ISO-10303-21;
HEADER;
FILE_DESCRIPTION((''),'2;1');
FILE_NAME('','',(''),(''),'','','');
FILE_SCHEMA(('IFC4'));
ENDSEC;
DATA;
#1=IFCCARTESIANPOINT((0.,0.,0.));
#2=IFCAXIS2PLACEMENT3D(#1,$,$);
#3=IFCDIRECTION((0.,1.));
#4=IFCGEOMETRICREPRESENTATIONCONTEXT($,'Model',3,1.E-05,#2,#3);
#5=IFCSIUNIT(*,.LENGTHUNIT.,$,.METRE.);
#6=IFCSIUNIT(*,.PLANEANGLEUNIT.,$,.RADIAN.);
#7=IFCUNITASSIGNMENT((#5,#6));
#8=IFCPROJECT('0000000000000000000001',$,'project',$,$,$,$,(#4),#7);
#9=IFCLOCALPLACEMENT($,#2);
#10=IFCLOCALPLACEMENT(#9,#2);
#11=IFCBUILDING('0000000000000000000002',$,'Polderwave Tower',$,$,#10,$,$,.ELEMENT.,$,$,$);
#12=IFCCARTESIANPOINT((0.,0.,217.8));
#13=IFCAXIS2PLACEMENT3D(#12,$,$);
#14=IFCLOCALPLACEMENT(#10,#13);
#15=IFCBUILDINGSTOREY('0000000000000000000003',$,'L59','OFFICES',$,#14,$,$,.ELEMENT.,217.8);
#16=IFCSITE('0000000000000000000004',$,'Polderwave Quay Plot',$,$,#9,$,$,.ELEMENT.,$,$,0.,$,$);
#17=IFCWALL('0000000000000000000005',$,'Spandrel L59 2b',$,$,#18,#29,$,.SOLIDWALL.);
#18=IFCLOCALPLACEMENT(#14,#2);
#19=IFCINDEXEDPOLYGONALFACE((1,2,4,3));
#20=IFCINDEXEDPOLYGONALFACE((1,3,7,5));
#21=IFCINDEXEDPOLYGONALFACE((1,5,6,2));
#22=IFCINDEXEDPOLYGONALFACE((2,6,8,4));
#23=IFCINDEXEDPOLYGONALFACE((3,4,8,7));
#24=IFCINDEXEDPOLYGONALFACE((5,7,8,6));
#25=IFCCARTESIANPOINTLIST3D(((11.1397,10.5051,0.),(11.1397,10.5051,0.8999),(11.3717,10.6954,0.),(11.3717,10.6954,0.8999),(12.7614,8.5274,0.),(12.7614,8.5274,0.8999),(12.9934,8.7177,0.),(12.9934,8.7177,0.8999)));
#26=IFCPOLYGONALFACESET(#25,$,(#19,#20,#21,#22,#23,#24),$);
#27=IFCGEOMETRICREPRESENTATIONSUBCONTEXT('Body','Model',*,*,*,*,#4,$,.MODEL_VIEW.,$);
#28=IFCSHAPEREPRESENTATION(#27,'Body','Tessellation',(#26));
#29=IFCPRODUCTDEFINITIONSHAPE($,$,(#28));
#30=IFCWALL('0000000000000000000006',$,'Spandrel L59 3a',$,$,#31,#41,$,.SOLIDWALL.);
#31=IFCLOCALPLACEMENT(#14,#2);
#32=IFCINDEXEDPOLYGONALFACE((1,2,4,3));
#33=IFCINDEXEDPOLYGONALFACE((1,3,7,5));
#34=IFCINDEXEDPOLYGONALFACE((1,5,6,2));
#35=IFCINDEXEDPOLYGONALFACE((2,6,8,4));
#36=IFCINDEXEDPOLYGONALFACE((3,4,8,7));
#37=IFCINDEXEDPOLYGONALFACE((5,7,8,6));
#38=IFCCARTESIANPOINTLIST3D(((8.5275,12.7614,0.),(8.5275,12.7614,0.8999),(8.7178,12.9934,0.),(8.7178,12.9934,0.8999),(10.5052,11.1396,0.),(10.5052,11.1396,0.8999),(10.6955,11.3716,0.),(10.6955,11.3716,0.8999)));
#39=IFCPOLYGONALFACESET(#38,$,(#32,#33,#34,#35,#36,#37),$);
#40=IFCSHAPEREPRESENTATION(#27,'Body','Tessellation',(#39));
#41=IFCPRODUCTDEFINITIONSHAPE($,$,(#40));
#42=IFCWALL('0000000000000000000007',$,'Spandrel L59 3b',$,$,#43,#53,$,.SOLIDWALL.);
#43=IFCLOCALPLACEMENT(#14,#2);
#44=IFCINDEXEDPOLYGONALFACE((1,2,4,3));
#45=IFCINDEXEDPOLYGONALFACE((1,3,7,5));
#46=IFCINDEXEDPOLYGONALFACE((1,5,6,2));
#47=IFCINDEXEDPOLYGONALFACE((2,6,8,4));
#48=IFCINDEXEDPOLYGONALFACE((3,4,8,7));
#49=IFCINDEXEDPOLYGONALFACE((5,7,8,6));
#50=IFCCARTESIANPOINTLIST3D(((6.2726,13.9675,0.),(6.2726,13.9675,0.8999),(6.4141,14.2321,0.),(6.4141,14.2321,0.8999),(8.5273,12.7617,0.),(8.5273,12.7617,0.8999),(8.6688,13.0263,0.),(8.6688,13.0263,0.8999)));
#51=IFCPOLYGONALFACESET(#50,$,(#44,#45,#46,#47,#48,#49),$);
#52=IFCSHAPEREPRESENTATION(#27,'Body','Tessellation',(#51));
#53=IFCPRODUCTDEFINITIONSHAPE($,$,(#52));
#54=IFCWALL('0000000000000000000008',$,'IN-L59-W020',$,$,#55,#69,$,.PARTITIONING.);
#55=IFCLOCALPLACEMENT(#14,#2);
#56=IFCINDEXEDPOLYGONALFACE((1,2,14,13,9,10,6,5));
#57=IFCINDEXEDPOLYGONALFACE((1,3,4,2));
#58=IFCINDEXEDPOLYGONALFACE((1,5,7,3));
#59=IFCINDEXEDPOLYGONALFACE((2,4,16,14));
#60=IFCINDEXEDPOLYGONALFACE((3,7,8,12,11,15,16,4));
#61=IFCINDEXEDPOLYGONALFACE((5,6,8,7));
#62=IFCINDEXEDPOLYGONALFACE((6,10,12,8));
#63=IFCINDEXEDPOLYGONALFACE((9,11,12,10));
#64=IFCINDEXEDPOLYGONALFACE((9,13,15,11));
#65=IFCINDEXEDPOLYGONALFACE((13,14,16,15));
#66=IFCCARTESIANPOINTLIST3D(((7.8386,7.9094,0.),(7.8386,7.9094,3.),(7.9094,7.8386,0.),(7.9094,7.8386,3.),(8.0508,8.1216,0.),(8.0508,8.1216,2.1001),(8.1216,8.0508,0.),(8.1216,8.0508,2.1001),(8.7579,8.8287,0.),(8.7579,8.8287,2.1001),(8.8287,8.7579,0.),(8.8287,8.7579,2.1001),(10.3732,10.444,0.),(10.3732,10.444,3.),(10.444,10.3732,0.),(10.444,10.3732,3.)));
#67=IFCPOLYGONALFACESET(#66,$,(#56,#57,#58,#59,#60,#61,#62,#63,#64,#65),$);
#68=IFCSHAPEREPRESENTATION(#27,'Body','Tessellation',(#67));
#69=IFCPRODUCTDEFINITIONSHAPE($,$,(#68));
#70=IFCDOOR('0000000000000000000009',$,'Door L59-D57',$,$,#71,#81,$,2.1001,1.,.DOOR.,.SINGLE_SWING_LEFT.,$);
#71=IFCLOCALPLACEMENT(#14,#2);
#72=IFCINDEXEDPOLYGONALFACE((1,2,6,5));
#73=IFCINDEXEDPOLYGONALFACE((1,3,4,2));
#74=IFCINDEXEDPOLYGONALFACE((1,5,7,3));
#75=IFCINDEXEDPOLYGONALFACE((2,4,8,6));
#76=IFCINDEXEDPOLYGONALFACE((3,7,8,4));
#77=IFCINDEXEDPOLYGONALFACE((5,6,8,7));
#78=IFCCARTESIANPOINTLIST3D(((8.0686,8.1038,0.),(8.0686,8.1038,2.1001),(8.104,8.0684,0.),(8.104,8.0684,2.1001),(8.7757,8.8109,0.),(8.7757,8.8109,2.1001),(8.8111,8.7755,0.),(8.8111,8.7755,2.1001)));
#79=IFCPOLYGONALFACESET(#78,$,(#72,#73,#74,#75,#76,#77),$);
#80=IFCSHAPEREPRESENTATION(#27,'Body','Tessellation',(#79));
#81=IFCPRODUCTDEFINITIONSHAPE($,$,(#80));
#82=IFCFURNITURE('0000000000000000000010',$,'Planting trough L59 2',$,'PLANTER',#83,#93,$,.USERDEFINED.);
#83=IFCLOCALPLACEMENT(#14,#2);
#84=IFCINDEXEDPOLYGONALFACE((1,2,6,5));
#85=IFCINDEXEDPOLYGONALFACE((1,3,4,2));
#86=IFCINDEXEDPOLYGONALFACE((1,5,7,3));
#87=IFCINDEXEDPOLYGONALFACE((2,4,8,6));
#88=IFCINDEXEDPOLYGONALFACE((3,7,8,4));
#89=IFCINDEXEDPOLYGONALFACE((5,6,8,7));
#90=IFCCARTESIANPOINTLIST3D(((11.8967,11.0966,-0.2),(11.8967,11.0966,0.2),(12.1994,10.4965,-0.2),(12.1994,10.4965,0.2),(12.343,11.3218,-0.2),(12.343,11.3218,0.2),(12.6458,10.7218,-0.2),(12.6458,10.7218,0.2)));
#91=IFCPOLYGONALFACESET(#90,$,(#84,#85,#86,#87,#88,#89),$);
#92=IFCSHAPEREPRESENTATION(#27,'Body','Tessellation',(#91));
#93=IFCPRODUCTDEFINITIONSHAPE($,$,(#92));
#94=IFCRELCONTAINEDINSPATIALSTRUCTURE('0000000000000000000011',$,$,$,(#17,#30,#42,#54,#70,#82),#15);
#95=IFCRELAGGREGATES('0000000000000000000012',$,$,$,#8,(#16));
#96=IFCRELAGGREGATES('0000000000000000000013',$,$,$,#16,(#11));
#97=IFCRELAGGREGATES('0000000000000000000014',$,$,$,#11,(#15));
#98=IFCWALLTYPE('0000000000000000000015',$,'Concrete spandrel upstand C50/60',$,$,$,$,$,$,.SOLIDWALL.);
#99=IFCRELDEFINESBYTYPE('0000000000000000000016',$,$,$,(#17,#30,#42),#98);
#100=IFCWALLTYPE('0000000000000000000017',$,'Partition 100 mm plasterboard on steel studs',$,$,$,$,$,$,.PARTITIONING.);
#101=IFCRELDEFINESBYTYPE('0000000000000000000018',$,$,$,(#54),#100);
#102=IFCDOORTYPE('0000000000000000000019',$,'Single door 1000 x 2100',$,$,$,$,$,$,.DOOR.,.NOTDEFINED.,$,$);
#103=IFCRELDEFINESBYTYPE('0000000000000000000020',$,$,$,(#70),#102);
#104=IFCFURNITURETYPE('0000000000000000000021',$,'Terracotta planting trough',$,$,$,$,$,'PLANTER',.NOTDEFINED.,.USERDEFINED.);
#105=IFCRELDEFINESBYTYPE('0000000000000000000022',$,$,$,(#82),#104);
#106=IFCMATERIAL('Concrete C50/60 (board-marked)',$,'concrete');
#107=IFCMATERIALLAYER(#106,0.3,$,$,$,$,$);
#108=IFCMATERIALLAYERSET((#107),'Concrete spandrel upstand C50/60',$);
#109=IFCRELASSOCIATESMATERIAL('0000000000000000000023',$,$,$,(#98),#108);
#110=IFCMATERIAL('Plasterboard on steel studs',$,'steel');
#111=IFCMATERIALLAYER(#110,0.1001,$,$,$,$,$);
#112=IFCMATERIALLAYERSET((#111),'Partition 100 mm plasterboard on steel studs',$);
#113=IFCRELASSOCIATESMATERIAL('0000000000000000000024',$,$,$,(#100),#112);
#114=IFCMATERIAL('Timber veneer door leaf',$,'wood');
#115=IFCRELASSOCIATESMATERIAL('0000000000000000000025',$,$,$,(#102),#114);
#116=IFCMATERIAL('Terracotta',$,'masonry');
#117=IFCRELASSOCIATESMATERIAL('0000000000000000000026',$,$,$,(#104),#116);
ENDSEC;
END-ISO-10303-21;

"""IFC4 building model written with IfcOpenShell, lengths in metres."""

from ifc_helpers import new_model, si_unit, direction, frame, frame_2d, origin, origin_2d, place, context, subcontext, project, spatial, rectangle, extrude, material, layer, layer_set, type_object, element, fill, save


model = new_model("IFC4")

# Units and contexts
model_context = context("Model", 3, precision=1e-05, world=origin(), true_north=direction((0.0, 1.0)))
body_context = subcontext(model_context, "Body", "Model", "MODEL_VIEW")
ifc_project = project(units=[si_unit("LENGTHUNIT", "METRE"), si_unit("PLANEANGLEUNIT", "RADIAN")], contexts=[model_context])

# Site, building, storey
site_placement = place(None, origin())
site = spatial("IfcSite", under=ifc_project, at=site_placement, Name="Polderwave Quay Plot", CompositionType="ELEMENT", RefElevation=0.0)
building_placement = place(site_placement, origin())
building = spatial("IfcBuilding", under=site, at=building_placement, Name="Polderwave Tower", CompositionType="ELEMENT")
storey_placement = place(building_placement, frame((0.0, 0.0, 217.8)))
storey = spatial("IfcBuildingStorey", under=building, at=storey_placement, Name="L59", Description="OFFICES", CompositionType="ELEMENT", Elevation=217.8)

# Walls
ifc_material_1 = material(Name="Concrete C50/60 (board-marked)", Category="concrete")
ifc_layer_1 = layer(ifc_material_1, 0.3)
ifc_layer_set_1 = layer_set([ifc_layer_1], Name="Concrete spandrel upstand C50/60")
wall_type_1 = type_object("IfcWallType", Name="Concrete spandrel upstand C50/60", PredefinedType="SOLIDWALL", material=ifc_layer_set_1)
for number, where, z_axis, x_axis, name in (
    (1, (12.8774, 8.6226, 0.0), (0.0, 0.0, 1.0), (-0.63409, 0.773259, 0.0), "Spandrel L59 2b"),
    (2, (10.6003, 11.2556, 0.0), (0.0, 0.0, 1.0), (-0.773259, 0.63409, 0.0), "Spandrel L59 3a"),
):
    element("IfcWall", number, at=place(storey_placement, frame(where, z_axis=z_axis, x_axis=x_axis)), inside=storey, type_object=wall_type_1, Name=name, PredefinedType="SOLIDWALL", context=body_context, shape_type="SweptSolid", body=[
        extrude(rectangle(XDim=2.5576, YDim=0.3, at=frame_2d((1.2788, 0.0))), origin(), (0.0, 0.0, 1.0), 0.8999),
    ])
wall_1_placement = place(storey_placement, frame((8.5979, 12.894, 0.0), z_axis=(0.0, 0.0, 1.0), x_axis=(-0.88181, 0.471604, 0.0)))
element("IfcWall", 3, at=wall_1_placement, inside=storey, type_object=wall_type_1, Name="Spandrel L59 3b", PredefinedType="SOLIDWALL", context=body_context, shape_type="SweptSolid", body=[
    extrude(rectangle(XDim=2.5569, YDim=0.3, at=frame_2d((1.2783, 0.0))), origin(), (0.0, 0.0, 1.0), 0.8999),
])

# Wall, opening, door
ifc_material_2 = material(Name="Plasterboard on steel studs", Category="steel")
ifc_layer_2 = layer(ifc_material_2, 0.1001)
ifc_layer_set_2 = layer_set([ifc_layer_2], Name="Partition 100 mm plasterboard on steel studs")
wall_type_2 = type_object("IfcWallType", Name="Partition 100 mm plasterboard on steel studs", PredefinedType="PARTITIONING", material=ifc_layer_set_2)
wall_2_placement = place(storey_placement, frame((7.874, 7.874, 0.0), z_axis=(0.0, 0.0, 1.0), x_axis=(0.707107, 0.707107, 0.0)))
wall_2 = element("IfcWall", 4, at=wall_2_placement, inside=storey, type_object=wall_type_2, Name="IN-L59-W020", PredefinedType="PARTITIONING", context=body_context, shape_type="SweptSolid", body=[
    extrude(rectangle(XDim=3.5845, YDim=0.1001, at=frame_2d((1.7922, 0.0))), origin(), (0.0, 0.0, 1.0), 3.0),
])
opening_placement = place(wall_2_placement, frame((0.3, 0.0, 0.0)))
opening = element("IfcOpeningElement", 5, at=opening_placement, cuts=wall_2, PredefinedType="OPENING", context=body_context, shape_type="SweptSolid", body=[
    extrude(rectangle(XDim=1.0, YDim=2.1001, at=frame_2d((0.5, 1.05))), frame((0.0, 0.0601, 0.0), z_axis=(0.0, -1.0, 0.0), x_axis=(1.0, 0.0, 0.0)), (0.0, 0.0, 1.0), 0.1201),
])
ifc_material_3 = material(Name="Timber veneer door leaf", Category="wood")
door_type = type_object("IfcDoorType", Name="Single door 1000 x 2100", OperationType="NOTDEFINED", PredefinedType="DOOR", material=ifc_material_3)
door_placement = place(opening_placement, origin())
door = element("IfcDoor", 6, at=door_placement, inside=storey, type_object=door_type, Name="Door L59-D57", OperationType="SINGLE_SWING_LEFT", OverallHeight=2.1001, OverallWidth=1.0, PredefinedType="DOOR", context=body_context, shape_type="SweptSolid", body=[
    extrude(rectangle(XDim=1.0, YDim=2.1001, at=frame_2d((0.5, 1.05))), frame((0.0, 0.0249, 0.0), z_axis=(0.0, -1.0, 0.0), x_axis=(1.0, 0.0, 0.0)), (0.0, 0.0, 1.0), 0.05),
])
fill(opening, door)

# Furniture
ifc_material_4 = material(Name="Terracotta", Category="masonry")
furniture_type = type_object("IfcFurnitureType", Name="Terracotta planting trough", ElementType="PLANTER", AssemblyPlace="NOTDEFINED", PredefinedType="USERDEFINED", material=ifc_material_4)
furniture_placement = place(storey_placement, frame((12.2712, 10.9092, -0.2), z_axis=(0.0, 0.0, 1.0), x_axis=(-0.450479, 0.892787, 0.0)))
element("IfcFurniture", 7, at=furniture_placement, inside=storey, type_object=furniture_type, Name="Planting trough L59 2", ObjectType="PLANTER", PredefinedType="USERDEFINED", context=body_context, shape_type="SweptSolid", body=[
    extrude(rectangle(XDim=0.6721, YDim=0.5, at=origin_2d()), origin(), (0.0, 0.0, 1.0), 0.3999),
])

save(model, "model.ifc")
